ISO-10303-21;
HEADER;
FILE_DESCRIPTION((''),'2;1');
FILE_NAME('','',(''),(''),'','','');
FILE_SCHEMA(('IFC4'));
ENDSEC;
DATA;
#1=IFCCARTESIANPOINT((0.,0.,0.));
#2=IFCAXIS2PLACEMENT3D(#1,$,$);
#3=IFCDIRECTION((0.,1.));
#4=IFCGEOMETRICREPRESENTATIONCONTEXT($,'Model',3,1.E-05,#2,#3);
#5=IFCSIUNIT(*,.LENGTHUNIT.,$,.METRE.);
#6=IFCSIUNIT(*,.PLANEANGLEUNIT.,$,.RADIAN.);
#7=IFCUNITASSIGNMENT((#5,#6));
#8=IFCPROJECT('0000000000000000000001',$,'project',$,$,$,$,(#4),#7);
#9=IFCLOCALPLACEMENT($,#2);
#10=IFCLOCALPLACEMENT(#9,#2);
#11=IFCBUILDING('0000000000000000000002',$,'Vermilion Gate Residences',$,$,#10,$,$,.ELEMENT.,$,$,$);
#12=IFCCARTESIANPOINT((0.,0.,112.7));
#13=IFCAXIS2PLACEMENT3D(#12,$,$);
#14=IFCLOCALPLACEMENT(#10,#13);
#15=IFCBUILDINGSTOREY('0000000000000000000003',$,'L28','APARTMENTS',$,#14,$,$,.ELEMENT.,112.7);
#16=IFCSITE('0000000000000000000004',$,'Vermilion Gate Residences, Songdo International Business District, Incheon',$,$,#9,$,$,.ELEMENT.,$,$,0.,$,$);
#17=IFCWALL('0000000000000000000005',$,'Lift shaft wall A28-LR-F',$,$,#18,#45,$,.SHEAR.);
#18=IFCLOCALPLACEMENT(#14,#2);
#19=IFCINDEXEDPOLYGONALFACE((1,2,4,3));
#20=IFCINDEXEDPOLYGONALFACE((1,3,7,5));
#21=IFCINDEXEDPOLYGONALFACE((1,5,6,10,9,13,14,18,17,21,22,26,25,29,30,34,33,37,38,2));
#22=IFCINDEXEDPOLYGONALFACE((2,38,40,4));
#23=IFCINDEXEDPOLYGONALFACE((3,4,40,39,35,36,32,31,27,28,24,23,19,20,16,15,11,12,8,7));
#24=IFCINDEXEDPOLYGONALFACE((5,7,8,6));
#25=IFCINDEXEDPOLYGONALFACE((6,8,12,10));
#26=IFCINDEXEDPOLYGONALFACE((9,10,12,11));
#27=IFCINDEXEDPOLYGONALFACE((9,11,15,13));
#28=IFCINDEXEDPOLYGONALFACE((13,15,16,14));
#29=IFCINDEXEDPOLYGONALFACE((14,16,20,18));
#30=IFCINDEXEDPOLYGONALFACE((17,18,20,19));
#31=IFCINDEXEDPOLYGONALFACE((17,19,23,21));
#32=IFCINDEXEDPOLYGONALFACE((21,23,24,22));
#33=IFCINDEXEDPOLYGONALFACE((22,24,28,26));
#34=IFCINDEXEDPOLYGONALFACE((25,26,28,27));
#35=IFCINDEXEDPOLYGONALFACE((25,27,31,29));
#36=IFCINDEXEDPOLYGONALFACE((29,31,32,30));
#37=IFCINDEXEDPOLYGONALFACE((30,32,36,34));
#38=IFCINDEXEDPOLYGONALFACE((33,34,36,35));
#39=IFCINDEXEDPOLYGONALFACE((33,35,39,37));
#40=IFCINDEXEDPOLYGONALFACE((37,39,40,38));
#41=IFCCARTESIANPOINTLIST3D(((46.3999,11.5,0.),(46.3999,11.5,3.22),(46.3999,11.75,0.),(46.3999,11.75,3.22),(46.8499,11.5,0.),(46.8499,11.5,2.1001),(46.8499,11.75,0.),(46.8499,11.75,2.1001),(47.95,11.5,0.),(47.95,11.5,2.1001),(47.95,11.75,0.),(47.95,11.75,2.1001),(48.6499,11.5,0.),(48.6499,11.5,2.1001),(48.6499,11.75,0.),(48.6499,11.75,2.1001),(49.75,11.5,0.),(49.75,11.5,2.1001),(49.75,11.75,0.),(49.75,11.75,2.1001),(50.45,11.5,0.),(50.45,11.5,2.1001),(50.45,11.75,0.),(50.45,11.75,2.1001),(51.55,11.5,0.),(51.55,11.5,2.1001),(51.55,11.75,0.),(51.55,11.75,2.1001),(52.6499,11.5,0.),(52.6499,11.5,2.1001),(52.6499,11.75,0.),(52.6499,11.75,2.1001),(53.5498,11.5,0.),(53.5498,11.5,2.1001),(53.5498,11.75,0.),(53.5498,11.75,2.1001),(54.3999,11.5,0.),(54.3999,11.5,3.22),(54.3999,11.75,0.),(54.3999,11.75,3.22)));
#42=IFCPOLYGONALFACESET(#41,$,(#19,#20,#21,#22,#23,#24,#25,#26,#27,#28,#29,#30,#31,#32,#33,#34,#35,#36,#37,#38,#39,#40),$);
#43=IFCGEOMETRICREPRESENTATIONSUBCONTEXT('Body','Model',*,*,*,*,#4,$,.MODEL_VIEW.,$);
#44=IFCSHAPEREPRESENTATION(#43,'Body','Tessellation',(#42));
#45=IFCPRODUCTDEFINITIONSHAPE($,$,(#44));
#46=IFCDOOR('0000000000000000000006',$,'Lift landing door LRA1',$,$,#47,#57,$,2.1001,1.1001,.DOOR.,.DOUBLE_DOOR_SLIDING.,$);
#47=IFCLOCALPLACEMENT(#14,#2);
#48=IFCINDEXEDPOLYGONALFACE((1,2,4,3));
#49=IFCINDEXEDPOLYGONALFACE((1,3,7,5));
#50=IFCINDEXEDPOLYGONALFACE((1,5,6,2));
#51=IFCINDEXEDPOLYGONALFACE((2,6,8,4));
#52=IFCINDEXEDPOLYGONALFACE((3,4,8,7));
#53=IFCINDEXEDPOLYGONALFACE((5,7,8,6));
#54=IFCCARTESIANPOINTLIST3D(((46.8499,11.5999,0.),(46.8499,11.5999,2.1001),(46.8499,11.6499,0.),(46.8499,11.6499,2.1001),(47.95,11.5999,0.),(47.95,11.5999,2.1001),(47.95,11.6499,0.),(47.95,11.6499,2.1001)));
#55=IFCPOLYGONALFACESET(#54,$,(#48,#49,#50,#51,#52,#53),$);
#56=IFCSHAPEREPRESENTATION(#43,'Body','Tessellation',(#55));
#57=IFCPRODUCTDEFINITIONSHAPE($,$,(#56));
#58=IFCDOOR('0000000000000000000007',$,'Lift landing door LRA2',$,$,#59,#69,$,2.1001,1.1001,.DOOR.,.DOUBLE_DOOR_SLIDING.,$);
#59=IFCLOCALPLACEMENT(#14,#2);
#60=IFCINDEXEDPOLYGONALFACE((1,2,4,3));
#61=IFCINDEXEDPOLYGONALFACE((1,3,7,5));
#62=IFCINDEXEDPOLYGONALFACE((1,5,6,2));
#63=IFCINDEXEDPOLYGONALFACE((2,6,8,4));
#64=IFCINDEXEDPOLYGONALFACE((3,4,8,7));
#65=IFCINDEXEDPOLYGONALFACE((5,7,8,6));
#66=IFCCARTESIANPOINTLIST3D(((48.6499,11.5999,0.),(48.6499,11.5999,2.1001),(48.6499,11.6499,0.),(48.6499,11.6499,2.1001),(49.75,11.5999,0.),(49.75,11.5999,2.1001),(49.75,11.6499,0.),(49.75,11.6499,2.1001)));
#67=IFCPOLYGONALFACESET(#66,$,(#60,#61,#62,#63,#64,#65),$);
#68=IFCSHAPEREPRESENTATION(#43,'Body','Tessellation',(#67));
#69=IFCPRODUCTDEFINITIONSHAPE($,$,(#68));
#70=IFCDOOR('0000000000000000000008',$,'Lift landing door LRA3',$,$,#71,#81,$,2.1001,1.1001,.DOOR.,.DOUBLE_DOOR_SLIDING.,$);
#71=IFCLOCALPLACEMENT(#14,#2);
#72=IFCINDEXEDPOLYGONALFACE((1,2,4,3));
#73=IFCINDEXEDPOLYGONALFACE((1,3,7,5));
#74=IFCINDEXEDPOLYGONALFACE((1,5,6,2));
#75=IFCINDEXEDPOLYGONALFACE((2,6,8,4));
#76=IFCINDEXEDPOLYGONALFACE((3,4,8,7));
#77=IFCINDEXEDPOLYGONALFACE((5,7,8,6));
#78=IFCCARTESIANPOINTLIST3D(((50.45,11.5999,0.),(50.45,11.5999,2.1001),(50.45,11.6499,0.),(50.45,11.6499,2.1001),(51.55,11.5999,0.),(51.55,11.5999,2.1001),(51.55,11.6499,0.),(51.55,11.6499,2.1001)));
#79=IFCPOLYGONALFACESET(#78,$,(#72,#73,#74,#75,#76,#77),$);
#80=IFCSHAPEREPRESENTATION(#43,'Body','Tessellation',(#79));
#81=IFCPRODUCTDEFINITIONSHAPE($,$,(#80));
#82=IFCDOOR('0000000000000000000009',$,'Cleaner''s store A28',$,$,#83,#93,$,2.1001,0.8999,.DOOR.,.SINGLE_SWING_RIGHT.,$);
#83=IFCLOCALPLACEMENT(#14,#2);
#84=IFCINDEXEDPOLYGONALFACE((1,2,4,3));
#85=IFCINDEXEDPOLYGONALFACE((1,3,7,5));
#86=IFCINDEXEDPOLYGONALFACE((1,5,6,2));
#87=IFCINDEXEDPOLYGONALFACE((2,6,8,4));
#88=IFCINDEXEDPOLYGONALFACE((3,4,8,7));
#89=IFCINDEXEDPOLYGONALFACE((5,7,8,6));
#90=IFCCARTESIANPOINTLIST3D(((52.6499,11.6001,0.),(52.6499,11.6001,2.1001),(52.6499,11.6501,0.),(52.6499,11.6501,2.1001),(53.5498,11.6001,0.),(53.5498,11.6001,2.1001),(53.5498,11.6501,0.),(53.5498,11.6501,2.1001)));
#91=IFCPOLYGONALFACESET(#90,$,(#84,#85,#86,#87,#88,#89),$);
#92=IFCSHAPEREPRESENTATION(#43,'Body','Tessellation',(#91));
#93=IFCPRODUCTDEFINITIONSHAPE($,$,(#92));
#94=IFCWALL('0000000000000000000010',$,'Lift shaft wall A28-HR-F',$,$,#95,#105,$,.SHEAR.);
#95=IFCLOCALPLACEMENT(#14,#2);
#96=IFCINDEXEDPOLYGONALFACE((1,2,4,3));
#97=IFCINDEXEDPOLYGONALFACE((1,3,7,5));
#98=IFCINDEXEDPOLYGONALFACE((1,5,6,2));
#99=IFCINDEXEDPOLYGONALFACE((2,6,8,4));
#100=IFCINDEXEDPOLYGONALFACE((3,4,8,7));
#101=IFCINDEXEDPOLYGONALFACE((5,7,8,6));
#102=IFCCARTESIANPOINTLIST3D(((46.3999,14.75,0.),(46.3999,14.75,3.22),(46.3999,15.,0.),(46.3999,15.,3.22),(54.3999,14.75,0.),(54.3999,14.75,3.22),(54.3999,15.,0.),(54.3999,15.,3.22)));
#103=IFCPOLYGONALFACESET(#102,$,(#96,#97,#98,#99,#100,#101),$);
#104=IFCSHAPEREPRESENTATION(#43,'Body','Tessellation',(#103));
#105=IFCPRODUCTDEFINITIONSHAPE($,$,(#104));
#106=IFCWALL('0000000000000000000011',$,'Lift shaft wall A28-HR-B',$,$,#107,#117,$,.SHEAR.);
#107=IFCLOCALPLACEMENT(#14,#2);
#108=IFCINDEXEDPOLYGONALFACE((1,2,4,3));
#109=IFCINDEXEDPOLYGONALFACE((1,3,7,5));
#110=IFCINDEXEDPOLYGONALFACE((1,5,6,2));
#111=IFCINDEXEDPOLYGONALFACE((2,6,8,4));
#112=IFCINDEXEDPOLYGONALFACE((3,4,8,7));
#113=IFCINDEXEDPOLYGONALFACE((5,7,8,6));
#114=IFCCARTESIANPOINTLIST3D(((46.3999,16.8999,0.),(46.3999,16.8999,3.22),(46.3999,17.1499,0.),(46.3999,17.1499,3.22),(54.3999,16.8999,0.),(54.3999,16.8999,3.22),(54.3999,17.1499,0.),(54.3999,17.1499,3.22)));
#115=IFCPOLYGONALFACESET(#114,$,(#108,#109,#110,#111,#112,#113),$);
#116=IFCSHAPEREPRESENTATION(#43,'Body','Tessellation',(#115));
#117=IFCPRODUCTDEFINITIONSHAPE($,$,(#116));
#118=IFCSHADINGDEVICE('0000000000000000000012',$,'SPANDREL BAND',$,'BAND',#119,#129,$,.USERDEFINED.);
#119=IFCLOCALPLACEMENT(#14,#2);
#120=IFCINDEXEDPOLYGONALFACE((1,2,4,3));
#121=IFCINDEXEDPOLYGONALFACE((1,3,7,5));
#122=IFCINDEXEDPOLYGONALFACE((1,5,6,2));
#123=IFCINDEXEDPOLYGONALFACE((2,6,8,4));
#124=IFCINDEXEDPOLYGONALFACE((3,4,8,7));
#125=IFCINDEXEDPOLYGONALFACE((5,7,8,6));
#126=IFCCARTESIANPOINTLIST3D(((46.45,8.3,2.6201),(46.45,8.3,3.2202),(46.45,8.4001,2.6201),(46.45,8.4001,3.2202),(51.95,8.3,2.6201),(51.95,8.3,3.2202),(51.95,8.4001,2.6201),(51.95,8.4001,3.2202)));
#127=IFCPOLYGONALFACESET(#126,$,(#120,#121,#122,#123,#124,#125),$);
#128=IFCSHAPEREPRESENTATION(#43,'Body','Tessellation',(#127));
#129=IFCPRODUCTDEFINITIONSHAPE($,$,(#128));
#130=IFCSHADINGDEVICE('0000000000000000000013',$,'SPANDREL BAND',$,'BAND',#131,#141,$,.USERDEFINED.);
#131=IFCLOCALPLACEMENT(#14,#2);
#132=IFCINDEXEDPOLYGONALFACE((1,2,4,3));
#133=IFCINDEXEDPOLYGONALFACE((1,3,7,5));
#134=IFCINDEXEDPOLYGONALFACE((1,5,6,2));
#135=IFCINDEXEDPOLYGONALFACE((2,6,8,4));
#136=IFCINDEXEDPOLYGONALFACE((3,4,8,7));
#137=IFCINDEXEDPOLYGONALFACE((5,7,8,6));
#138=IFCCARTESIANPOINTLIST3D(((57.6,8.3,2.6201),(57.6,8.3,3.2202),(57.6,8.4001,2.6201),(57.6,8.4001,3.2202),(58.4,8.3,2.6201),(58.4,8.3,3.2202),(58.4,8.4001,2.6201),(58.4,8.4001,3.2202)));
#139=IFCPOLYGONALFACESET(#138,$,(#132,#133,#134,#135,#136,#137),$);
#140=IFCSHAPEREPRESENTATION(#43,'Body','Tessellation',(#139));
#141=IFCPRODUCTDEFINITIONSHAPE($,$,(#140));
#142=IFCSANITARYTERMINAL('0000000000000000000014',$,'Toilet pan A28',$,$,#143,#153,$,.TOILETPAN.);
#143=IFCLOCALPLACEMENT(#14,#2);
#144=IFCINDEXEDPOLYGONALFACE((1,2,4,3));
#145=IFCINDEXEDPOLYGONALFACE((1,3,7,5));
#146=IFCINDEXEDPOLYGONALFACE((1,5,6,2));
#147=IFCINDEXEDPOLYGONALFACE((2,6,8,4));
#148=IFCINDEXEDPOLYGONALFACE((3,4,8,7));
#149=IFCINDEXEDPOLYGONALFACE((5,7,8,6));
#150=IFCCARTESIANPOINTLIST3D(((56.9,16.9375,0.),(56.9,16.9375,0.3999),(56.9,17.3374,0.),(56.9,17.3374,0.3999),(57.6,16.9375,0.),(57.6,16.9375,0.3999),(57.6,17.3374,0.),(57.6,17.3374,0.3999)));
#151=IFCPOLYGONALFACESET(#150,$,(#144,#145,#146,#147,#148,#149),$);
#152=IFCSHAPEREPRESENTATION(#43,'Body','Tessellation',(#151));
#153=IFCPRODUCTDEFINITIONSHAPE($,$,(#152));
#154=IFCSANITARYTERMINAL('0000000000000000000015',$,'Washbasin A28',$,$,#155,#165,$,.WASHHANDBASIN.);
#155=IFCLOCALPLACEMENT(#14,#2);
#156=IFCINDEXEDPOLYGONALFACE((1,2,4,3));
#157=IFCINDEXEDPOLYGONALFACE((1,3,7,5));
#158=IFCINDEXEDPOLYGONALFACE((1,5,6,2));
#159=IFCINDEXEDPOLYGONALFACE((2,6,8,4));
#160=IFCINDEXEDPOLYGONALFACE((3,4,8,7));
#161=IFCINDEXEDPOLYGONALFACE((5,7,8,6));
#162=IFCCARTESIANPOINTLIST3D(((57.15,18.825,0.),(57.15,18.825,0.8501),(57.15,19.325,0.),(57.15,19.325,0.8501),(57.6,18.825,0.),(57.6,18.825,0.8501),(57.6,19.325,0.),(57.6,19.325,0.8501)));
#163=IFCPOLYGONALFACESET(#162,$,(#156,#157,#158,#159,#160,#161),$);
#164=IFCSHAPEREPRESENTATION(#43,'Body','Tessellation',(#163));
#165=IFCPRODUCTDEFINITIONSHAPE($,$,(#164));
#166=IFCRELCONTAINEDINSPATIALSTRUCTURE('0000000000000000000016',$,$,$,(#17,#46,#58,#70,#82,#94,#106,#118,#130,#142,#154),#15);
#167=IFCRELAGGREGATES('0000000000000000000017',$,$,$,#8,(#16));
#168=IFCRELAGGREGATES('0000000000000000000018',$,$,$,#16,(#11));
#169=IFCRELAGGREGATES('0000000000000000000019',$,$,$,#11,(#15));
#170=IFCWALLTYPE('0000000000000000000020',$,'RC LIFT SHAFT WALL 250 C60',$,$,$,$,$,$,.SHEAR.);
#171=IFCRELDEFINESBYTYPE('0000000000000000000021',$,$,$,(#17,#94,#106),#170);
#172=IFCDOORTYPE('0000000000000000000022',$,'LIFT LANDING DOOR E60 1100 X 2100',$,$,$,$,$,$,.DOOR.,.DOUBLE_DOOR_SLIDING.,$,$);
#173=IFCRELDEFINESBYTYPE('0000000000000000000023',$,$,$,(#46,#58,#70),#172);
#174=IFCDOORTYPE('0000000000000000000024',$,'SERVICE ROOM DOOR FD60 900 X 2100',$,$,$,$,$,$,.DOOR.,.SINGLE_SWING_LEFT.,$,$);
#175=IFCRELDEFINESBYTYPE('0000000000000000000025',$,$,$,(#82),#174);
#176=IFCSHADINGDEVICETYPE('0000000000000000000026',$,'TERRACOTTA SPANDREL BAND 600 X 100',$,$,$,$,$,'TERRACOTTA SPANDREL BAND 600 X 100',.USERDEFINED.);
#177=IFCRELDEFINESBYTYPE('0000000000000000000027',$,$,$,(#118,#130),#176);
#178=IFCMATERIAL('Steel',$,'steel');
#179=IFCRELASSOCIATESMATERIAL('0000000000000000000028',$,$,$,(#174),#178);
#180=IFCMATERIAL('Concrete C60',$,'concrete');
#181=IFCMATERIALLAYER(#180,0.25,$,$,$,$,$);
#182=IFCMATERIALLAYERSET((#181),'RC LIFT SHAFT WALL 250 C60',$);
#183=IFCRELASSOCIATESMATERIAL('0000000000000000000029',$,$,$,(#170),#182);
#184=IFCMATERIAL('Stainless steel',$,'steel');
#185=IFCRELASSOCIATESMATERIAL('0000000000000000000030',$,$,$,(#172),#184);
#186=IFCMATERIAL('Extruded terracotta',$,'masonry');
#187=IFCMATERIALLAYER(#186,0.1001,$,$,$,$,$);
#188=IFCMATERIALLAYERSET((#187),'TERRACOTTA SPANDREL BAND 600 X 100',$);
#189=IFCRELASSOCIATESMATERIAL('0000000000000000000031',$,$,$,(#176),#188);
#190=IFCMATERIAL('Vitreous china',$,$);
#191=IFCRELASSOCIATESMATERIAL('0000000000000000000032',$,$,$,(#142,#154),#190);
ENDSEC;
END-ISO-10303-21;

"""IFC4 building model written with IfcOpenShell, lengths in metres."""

from ifc_helpers import new_model, si_unit, direction, frame, frame_2d, origin, origin_2d, place, context, subcontext, project, spatial, rectangle, extrude, material, layer, layer_set, type_object, element, fill, save


model = new_model("IFC4")

# Units and contexts
model_context = context("Model", 3, precision=1e-05, world=origin(), true_north=direction((0.0, 1.0)))
body_context = subcontext(model_context, "Body", "Model", "MODEL_VIEW")
ifc_project = project(units=[si_unit("LENGTHUNIT", "METRE"), si_unit("PLANEANGLEUNIT", "RADIAN")], contexts=[model_context])

# Site, building, storey
site_placement = place(None, origin())
site = spatial("IfcSite", under=ifc_project, at=site_placement, Name="Vermilion Gate Residences, Songdo International Business District, Incheon", CompositionType="ELEMENT", RefElevation=0.0)
building_placement = place(site_placement, origin())
building = spatial("IfcBuilding", under=site, at=building_placement, Name="Vermilion Gate Residences", CompositionType="ELEMENT")
storey_placement = place(building_placement, frame((0.0, 0.0, 112.7)))
storey = spatial("IfcBuildingStorey", under=building, at=storey_placement, Name="L28", Description="APARTMENTS", CompositionType="ELEMENT", Elevation=112.7)

# Shared definitions
ifc_material_1 = material(Name="Steel", Category="steel")
door_type_1 = type_object("IfcDoorType", Name="SERVICE ROOM DOOR FD60 900 X 2100", OperationType="SINGLE_SWING_LEFT", PredefinedType="DOOR", material=ifc_material_1)

# Wall, openings, doors
ifc_material_2 = material(Name="Concrete C60", Category="concrete")
ifc_layer_1 = layer(ifc_material_2, 0.25)
ifc_layer_set_1 = layer_set([ifc_layer_1], Name="RC LIFT SHAFT WALL 250 C60")
wall_type_1 = type_object("IfcWallType", Name="RC LIFT SHAFT WALL 250 C60", PredefinedType="SHEAR", material=ifc_layer_set_1)
wall_1_placement = place(storey_placement, frame((46.3999, 11.625, 0.0), z_axis=(0.0, 0.0, 1.0), x_axis=(1.0, 0.0, 0.0)))
wall_1 = element("IfcWall", 1, at=wall_1_placement, inside=storey, type_object=wall_type_1, Name="Lift shaft wall A28-LR-F", PredefinedType="SHEAR", context=body_context, shape_type="SweptSolid", body=[
    extrude(rectangle(XDim=8.0, YDim=0.25, at=frame_2d((4.0, 0.0))), origin(), (0.0, 0.0, 1.0), 3.22),
])
opening_1_placement = place(wall_1_placement, frame((0.45, 0.0, 0.0)))
opening_1 = element("IfcOpeningElement", 2, at=opening_1_placement, cuts=wall_1, PredefinedType="OPENING", context=body_context, shape_type="SweptSolid", body=[
    extrude(rectangle(XDim=1.1001, YDim=2.1001, at=frame_2d((0.55, 1.05))), frame((0.0, 0.135, 0.0), z_axis=(0.0, -1.0, 0.0), x_axis=(1.0, 0.0, 0.0)), (0.0, 0.0, 1.0), 0.27),
])
opening_2_placement = place(wall_1_placement, frame((2.25, 0.0, 0.0)))
opening_2 = element("IfcOpeningElement", 3, at=opening_2_placement, cuts=wall_1, PredefinedType="OPENING", context=body_context, shape_type="SweptSolid", body=[
    extrude(rectangle(XDim=1.1001, YDim=2.1001, at=frame_2d((0.55, 1.05))), frame((0.0, 0.135, 0.0), z_axis=(0.0, -1.0, 0.0), x_axis=(1.0, 0.0, 0.0)), (0.0, 0.0, 1.0), 0.27),
])
opening_3_placement = place(wall_1_placement, frame((4.05, 0.0, 0.0)))
opening_3 = element("IfcOpeningElement", 4, at=opening_3_placement, cuts=wall_1, PredefinedType="OPENING", context=body_context, shape_type="SweptSolid", body=[
    extrude(rectangle(XDim=1.1001, YDim=2.1001, at=frame_2d((0.55, 1.05))), frame((0.0, 0.135, 0.0), z_axis=(0.0, -1.0, 0.0), x_axis=(1.0, 0.0, 0.0)), (0.0, 0.0, 1.0), 0.27),
])
opening_4_placement = place(wall_1_placement, frame((6.25, 0.0, 0.0)))
opening_4 = element("IfcOpeningElement", 5, at=opening_4_placement, cuts=wall_1, PredefinedType="OPENING", context=body_context, shape_type="SweptSolid", body=[
    extrude(rectangle(XDim=0.8999, YDim=2.1001, at=frame_2d((0.45, 1.05))), frame((0.0, 0.135, 0.0), z_axis=(0.0, -1.0, 0.0), x_axis=(1.0, 0.0, 0.0)), (0.0, 0.0, 1.0), 0.27),
])
ifc_material_3 = material(Name="Stainless steel", Category="steel")
door_type_2 = type_object("IfcDoorType", Name="LIFT LANDING DOOR E60 1100 X 2100", OperationType="DOUBLE_DOOR_SLIDING", PredefinedType="DOOR", material=ifc_material_3)
door_1_placement = place(opening_1_placement, origin())
door_1 = element("IfcDoor", 6, at=door_1_placement, inside=storey, type_object=door_type_2, Name="Lift landing door LRA1", OperationType="DOUBLE_DOOR_SLIDING", OverallHeight=2.1001, OverallWidth=1.1001, PredefinedType="DOOR", context=body_context, shape_type="SweptSolid", body=[
    extrude(rectangle(XDim=1.1001, YDim=2.1001, at=frame_2d((0.55, 1.05))), frame((0.0, 0.0249, 0.0), z_axis=(0.0, -1.0, 0.0), x_axis=(1.0, 0.0, 0.0)), (0.0, 0.0, 1.0), 0.05),
])
fill(opening_1, door_1)
door_2_placement = place(opening_2_placement, origin())
door_2 = element("IfcDoor", 7, at=door_2_placement, inside=storey, type_object=door_type_2, Name="Lift landing door LRA2", OperationType="DOUBLE_DOOR_SLIDING", OverallHeight=2.1001, OverallWidth=1.1001, PredefinedType="DOOR", context=body_context, shape_type="SweptSolid", body=[
    extrude(rectangle(XDim=1.1001, YDim=2.1001, at=frame_2d((0.55, 1.05))), frame((0.0, 0.0249, 0.0), z_axis=(0.0, -1.0, 0.0), x_axis=(1.0, 0.0, 0.0)), (0.0, 0.0, 1.0), 0.05),
])
fill(opening_2, door_2)
door_3_placement = place(opening_3_placement, origin())
door_3 = element("IfcDoor", 8, at=door_3_placement, inside=storey, type_object=door_type_2, Name="Lift landing door LRA3", OperationType="DOUBLE_DOOR_SLIDING", OverallHeight=2.1001, OverallWidth=1.1001, PredefinedType="DOOR", context=body_context, shape_type="SweptSolid", body=[
    extrude(rectangle(XDim=1.1001, YDim=2.1001, at=frame_2d((0.55, 1.05))), frame((0.0, 0.0249, 0.0), z_axis=(0.0, -1.0, 0.0), x_axis=(1.0, 0.0, 0.0)), (0.0, 0.0, 1.0), 0.05),
])
fill(opening_3, door_3)
door_4_placement = place(opening_4_placement, frame((0.8999, 0.0, 0.0), z_axis=(0.0, 0.0, 1.0), x_axis=(-1.0, 0.0, 0.0)))
door_4 = element("IfcDoor", 9, at=door_4_placement, inside=storey, type_object=door_type_1, Name="Cleaner's store A28", OperationType="SINGLE_SWING_RIGHT", OverallHeight=2.1001, OverallWidth=0.8999, PredefinedType="DOOR", context=body_context, shape_type="SweptSolid", body=[
    extrude(rectangle(XDim=0.8999, YDim=2.1001, at=frame_2d((0.45, 1.05))), frame((0.0, 0.0249, 0.0), z_axis=(0.0, -1.0, 0.0), x_axis=(1.0, 0.0, 0.0)), (0.0, 0.0, 1.0), 0.05),
])
fill(opening_4, door_4)

# Walls
for number, where, z_axis, x_axis, name in (
    (10, (46.3999, 14.875, 0.0), (0.0, 0.0, 1.0), (1.0, 0.0, 0.0), "Lift shaft wall A28-HR-F"),
    (11, (46.3999, 17.0249, 0.0), (0.0, 0.0, 1.0), (1.0, 0.0, 0.0), "Lift shaft wall A28-HR-B"),
):
    element("IfcWall", number, at=place(storey_placement, frame(where, z_axis=z_axis, x_axis=x_axis)), inside=storey, type_object=wall_type_1, Name=name, PredefinedType="SHEAR", context=body_context, shape_type="SweptSolid", body=[
        extrude(rectangle(XDim=8.0, YDim=0.25, at=frame_2d((4.0, 0.0))), origin(), (0.0, 0.0, 1.0), 3.22),
    ])

# Shading devices
ifc_material_4 = material(Name="Extruded terracotta", Category="masonry")
ifc_layer_2 = layer(ifc_material_4, 0.1001)
ifc_layer_set_2 = layer_set([ifc_layer_2], Name="TERRACOTTA SPANDREL BAND 600 X 100")
shading_device_type = type_object("IfcShadingDeviceType", Name="TERRACOTTA SPANDREL BAND 600 X 100", ElementType="TERRACOTTA SPANDREL BAND 600 X 100", PredefinedType="USERDEFINED", material=ifc_layer_set_2)
shading_device_1_placement = place(storey_placement, frame((49.2, 8.3501, 2.6201), z_axis=(0.0, 0.0, 1.0), x_axis=(1.0, 0.0, 0.0)))
element("IfcShadingDevice", 12, at=shading_device_1_placement, inside=storey, type_object=shading_device_type, Name="SPANDREL BAND", ObjectType="BAND", PredefinedType="USERDEFINED", context=body_context, shape_type="SweptSolid", body=[
    extrude(rectangle(XDim=5.5, YDim=0.1001, at=origin_2d()), origin(), (0.0, 0.0, 1.0), 0.6001),
])
shading_device_2_placement = place(storey_placement, frame((58.0, 8.3501, 2.6201), z_axis=(0.0, 0.0, 1.0), x_axis=(1.0, 0.0, 0.0)))
element("IfcShadingDevice", 13, at=shading_device_2_placement, inside=storey, type_object=shading_device_type, Name="SPANDREL BAND", ObjectType="BAND", PredefinedType="USERDEFINED", context=body_context, shape_type="SweptSolid", body=[
    extrude(rectangle(XDim=0.8, YDim=0.1001, at=origin_2d()), origin(), (0.0, 0.0, 1.0), 0.6001),
])

# Sanitary terminals
ifc_material_5 = material(Name="Vitreous china")
sanitary_terminal_1_placement = place(storey_placement, frame((57.25, 17.1375, 0.0), z_axis=(0.0, 0.0, 1.0), x_axis=(1.0, 0.0, 0.0)))
element("IfcSanitaryTerminal", 14, at=sanitary_terminal_1_placement, inside=storey, material=ifc_material_5, Name="Toilet pan A28", PredefinedType="TOILETPAN", context=body_context, shape_type="SweptSolid", body=[
    extrude(rectangle(XDim=0.7, YDim=0.3999, at=origin_2d()), origin(), (0.0, 0.0, 1.0), 0.3999),
])
sanitary_terminal_2_placement = place(storey_placement, frame((57.375, 19.075, 0.0), z_axis=(0.0, 0.0, 1.0), x_axis=(1.0, 0.0, 0.0)))
element("IfcSanitaryTerminal", 15, at=sanitary_terminal_2_placement, inside=storey, material=ifc_material_5, Name="Washbasin A28", PredefinedType="WASHHANDBASIN", context=body_context, shape_type="SweptSolid", body=[
    extrude(rectangle(XDim=0.45, YDim=0.5, at=origin_2d()), origin(), (0.0, 0.0, 1.0), 0.8501),
])

save(model, "model.ifc")
